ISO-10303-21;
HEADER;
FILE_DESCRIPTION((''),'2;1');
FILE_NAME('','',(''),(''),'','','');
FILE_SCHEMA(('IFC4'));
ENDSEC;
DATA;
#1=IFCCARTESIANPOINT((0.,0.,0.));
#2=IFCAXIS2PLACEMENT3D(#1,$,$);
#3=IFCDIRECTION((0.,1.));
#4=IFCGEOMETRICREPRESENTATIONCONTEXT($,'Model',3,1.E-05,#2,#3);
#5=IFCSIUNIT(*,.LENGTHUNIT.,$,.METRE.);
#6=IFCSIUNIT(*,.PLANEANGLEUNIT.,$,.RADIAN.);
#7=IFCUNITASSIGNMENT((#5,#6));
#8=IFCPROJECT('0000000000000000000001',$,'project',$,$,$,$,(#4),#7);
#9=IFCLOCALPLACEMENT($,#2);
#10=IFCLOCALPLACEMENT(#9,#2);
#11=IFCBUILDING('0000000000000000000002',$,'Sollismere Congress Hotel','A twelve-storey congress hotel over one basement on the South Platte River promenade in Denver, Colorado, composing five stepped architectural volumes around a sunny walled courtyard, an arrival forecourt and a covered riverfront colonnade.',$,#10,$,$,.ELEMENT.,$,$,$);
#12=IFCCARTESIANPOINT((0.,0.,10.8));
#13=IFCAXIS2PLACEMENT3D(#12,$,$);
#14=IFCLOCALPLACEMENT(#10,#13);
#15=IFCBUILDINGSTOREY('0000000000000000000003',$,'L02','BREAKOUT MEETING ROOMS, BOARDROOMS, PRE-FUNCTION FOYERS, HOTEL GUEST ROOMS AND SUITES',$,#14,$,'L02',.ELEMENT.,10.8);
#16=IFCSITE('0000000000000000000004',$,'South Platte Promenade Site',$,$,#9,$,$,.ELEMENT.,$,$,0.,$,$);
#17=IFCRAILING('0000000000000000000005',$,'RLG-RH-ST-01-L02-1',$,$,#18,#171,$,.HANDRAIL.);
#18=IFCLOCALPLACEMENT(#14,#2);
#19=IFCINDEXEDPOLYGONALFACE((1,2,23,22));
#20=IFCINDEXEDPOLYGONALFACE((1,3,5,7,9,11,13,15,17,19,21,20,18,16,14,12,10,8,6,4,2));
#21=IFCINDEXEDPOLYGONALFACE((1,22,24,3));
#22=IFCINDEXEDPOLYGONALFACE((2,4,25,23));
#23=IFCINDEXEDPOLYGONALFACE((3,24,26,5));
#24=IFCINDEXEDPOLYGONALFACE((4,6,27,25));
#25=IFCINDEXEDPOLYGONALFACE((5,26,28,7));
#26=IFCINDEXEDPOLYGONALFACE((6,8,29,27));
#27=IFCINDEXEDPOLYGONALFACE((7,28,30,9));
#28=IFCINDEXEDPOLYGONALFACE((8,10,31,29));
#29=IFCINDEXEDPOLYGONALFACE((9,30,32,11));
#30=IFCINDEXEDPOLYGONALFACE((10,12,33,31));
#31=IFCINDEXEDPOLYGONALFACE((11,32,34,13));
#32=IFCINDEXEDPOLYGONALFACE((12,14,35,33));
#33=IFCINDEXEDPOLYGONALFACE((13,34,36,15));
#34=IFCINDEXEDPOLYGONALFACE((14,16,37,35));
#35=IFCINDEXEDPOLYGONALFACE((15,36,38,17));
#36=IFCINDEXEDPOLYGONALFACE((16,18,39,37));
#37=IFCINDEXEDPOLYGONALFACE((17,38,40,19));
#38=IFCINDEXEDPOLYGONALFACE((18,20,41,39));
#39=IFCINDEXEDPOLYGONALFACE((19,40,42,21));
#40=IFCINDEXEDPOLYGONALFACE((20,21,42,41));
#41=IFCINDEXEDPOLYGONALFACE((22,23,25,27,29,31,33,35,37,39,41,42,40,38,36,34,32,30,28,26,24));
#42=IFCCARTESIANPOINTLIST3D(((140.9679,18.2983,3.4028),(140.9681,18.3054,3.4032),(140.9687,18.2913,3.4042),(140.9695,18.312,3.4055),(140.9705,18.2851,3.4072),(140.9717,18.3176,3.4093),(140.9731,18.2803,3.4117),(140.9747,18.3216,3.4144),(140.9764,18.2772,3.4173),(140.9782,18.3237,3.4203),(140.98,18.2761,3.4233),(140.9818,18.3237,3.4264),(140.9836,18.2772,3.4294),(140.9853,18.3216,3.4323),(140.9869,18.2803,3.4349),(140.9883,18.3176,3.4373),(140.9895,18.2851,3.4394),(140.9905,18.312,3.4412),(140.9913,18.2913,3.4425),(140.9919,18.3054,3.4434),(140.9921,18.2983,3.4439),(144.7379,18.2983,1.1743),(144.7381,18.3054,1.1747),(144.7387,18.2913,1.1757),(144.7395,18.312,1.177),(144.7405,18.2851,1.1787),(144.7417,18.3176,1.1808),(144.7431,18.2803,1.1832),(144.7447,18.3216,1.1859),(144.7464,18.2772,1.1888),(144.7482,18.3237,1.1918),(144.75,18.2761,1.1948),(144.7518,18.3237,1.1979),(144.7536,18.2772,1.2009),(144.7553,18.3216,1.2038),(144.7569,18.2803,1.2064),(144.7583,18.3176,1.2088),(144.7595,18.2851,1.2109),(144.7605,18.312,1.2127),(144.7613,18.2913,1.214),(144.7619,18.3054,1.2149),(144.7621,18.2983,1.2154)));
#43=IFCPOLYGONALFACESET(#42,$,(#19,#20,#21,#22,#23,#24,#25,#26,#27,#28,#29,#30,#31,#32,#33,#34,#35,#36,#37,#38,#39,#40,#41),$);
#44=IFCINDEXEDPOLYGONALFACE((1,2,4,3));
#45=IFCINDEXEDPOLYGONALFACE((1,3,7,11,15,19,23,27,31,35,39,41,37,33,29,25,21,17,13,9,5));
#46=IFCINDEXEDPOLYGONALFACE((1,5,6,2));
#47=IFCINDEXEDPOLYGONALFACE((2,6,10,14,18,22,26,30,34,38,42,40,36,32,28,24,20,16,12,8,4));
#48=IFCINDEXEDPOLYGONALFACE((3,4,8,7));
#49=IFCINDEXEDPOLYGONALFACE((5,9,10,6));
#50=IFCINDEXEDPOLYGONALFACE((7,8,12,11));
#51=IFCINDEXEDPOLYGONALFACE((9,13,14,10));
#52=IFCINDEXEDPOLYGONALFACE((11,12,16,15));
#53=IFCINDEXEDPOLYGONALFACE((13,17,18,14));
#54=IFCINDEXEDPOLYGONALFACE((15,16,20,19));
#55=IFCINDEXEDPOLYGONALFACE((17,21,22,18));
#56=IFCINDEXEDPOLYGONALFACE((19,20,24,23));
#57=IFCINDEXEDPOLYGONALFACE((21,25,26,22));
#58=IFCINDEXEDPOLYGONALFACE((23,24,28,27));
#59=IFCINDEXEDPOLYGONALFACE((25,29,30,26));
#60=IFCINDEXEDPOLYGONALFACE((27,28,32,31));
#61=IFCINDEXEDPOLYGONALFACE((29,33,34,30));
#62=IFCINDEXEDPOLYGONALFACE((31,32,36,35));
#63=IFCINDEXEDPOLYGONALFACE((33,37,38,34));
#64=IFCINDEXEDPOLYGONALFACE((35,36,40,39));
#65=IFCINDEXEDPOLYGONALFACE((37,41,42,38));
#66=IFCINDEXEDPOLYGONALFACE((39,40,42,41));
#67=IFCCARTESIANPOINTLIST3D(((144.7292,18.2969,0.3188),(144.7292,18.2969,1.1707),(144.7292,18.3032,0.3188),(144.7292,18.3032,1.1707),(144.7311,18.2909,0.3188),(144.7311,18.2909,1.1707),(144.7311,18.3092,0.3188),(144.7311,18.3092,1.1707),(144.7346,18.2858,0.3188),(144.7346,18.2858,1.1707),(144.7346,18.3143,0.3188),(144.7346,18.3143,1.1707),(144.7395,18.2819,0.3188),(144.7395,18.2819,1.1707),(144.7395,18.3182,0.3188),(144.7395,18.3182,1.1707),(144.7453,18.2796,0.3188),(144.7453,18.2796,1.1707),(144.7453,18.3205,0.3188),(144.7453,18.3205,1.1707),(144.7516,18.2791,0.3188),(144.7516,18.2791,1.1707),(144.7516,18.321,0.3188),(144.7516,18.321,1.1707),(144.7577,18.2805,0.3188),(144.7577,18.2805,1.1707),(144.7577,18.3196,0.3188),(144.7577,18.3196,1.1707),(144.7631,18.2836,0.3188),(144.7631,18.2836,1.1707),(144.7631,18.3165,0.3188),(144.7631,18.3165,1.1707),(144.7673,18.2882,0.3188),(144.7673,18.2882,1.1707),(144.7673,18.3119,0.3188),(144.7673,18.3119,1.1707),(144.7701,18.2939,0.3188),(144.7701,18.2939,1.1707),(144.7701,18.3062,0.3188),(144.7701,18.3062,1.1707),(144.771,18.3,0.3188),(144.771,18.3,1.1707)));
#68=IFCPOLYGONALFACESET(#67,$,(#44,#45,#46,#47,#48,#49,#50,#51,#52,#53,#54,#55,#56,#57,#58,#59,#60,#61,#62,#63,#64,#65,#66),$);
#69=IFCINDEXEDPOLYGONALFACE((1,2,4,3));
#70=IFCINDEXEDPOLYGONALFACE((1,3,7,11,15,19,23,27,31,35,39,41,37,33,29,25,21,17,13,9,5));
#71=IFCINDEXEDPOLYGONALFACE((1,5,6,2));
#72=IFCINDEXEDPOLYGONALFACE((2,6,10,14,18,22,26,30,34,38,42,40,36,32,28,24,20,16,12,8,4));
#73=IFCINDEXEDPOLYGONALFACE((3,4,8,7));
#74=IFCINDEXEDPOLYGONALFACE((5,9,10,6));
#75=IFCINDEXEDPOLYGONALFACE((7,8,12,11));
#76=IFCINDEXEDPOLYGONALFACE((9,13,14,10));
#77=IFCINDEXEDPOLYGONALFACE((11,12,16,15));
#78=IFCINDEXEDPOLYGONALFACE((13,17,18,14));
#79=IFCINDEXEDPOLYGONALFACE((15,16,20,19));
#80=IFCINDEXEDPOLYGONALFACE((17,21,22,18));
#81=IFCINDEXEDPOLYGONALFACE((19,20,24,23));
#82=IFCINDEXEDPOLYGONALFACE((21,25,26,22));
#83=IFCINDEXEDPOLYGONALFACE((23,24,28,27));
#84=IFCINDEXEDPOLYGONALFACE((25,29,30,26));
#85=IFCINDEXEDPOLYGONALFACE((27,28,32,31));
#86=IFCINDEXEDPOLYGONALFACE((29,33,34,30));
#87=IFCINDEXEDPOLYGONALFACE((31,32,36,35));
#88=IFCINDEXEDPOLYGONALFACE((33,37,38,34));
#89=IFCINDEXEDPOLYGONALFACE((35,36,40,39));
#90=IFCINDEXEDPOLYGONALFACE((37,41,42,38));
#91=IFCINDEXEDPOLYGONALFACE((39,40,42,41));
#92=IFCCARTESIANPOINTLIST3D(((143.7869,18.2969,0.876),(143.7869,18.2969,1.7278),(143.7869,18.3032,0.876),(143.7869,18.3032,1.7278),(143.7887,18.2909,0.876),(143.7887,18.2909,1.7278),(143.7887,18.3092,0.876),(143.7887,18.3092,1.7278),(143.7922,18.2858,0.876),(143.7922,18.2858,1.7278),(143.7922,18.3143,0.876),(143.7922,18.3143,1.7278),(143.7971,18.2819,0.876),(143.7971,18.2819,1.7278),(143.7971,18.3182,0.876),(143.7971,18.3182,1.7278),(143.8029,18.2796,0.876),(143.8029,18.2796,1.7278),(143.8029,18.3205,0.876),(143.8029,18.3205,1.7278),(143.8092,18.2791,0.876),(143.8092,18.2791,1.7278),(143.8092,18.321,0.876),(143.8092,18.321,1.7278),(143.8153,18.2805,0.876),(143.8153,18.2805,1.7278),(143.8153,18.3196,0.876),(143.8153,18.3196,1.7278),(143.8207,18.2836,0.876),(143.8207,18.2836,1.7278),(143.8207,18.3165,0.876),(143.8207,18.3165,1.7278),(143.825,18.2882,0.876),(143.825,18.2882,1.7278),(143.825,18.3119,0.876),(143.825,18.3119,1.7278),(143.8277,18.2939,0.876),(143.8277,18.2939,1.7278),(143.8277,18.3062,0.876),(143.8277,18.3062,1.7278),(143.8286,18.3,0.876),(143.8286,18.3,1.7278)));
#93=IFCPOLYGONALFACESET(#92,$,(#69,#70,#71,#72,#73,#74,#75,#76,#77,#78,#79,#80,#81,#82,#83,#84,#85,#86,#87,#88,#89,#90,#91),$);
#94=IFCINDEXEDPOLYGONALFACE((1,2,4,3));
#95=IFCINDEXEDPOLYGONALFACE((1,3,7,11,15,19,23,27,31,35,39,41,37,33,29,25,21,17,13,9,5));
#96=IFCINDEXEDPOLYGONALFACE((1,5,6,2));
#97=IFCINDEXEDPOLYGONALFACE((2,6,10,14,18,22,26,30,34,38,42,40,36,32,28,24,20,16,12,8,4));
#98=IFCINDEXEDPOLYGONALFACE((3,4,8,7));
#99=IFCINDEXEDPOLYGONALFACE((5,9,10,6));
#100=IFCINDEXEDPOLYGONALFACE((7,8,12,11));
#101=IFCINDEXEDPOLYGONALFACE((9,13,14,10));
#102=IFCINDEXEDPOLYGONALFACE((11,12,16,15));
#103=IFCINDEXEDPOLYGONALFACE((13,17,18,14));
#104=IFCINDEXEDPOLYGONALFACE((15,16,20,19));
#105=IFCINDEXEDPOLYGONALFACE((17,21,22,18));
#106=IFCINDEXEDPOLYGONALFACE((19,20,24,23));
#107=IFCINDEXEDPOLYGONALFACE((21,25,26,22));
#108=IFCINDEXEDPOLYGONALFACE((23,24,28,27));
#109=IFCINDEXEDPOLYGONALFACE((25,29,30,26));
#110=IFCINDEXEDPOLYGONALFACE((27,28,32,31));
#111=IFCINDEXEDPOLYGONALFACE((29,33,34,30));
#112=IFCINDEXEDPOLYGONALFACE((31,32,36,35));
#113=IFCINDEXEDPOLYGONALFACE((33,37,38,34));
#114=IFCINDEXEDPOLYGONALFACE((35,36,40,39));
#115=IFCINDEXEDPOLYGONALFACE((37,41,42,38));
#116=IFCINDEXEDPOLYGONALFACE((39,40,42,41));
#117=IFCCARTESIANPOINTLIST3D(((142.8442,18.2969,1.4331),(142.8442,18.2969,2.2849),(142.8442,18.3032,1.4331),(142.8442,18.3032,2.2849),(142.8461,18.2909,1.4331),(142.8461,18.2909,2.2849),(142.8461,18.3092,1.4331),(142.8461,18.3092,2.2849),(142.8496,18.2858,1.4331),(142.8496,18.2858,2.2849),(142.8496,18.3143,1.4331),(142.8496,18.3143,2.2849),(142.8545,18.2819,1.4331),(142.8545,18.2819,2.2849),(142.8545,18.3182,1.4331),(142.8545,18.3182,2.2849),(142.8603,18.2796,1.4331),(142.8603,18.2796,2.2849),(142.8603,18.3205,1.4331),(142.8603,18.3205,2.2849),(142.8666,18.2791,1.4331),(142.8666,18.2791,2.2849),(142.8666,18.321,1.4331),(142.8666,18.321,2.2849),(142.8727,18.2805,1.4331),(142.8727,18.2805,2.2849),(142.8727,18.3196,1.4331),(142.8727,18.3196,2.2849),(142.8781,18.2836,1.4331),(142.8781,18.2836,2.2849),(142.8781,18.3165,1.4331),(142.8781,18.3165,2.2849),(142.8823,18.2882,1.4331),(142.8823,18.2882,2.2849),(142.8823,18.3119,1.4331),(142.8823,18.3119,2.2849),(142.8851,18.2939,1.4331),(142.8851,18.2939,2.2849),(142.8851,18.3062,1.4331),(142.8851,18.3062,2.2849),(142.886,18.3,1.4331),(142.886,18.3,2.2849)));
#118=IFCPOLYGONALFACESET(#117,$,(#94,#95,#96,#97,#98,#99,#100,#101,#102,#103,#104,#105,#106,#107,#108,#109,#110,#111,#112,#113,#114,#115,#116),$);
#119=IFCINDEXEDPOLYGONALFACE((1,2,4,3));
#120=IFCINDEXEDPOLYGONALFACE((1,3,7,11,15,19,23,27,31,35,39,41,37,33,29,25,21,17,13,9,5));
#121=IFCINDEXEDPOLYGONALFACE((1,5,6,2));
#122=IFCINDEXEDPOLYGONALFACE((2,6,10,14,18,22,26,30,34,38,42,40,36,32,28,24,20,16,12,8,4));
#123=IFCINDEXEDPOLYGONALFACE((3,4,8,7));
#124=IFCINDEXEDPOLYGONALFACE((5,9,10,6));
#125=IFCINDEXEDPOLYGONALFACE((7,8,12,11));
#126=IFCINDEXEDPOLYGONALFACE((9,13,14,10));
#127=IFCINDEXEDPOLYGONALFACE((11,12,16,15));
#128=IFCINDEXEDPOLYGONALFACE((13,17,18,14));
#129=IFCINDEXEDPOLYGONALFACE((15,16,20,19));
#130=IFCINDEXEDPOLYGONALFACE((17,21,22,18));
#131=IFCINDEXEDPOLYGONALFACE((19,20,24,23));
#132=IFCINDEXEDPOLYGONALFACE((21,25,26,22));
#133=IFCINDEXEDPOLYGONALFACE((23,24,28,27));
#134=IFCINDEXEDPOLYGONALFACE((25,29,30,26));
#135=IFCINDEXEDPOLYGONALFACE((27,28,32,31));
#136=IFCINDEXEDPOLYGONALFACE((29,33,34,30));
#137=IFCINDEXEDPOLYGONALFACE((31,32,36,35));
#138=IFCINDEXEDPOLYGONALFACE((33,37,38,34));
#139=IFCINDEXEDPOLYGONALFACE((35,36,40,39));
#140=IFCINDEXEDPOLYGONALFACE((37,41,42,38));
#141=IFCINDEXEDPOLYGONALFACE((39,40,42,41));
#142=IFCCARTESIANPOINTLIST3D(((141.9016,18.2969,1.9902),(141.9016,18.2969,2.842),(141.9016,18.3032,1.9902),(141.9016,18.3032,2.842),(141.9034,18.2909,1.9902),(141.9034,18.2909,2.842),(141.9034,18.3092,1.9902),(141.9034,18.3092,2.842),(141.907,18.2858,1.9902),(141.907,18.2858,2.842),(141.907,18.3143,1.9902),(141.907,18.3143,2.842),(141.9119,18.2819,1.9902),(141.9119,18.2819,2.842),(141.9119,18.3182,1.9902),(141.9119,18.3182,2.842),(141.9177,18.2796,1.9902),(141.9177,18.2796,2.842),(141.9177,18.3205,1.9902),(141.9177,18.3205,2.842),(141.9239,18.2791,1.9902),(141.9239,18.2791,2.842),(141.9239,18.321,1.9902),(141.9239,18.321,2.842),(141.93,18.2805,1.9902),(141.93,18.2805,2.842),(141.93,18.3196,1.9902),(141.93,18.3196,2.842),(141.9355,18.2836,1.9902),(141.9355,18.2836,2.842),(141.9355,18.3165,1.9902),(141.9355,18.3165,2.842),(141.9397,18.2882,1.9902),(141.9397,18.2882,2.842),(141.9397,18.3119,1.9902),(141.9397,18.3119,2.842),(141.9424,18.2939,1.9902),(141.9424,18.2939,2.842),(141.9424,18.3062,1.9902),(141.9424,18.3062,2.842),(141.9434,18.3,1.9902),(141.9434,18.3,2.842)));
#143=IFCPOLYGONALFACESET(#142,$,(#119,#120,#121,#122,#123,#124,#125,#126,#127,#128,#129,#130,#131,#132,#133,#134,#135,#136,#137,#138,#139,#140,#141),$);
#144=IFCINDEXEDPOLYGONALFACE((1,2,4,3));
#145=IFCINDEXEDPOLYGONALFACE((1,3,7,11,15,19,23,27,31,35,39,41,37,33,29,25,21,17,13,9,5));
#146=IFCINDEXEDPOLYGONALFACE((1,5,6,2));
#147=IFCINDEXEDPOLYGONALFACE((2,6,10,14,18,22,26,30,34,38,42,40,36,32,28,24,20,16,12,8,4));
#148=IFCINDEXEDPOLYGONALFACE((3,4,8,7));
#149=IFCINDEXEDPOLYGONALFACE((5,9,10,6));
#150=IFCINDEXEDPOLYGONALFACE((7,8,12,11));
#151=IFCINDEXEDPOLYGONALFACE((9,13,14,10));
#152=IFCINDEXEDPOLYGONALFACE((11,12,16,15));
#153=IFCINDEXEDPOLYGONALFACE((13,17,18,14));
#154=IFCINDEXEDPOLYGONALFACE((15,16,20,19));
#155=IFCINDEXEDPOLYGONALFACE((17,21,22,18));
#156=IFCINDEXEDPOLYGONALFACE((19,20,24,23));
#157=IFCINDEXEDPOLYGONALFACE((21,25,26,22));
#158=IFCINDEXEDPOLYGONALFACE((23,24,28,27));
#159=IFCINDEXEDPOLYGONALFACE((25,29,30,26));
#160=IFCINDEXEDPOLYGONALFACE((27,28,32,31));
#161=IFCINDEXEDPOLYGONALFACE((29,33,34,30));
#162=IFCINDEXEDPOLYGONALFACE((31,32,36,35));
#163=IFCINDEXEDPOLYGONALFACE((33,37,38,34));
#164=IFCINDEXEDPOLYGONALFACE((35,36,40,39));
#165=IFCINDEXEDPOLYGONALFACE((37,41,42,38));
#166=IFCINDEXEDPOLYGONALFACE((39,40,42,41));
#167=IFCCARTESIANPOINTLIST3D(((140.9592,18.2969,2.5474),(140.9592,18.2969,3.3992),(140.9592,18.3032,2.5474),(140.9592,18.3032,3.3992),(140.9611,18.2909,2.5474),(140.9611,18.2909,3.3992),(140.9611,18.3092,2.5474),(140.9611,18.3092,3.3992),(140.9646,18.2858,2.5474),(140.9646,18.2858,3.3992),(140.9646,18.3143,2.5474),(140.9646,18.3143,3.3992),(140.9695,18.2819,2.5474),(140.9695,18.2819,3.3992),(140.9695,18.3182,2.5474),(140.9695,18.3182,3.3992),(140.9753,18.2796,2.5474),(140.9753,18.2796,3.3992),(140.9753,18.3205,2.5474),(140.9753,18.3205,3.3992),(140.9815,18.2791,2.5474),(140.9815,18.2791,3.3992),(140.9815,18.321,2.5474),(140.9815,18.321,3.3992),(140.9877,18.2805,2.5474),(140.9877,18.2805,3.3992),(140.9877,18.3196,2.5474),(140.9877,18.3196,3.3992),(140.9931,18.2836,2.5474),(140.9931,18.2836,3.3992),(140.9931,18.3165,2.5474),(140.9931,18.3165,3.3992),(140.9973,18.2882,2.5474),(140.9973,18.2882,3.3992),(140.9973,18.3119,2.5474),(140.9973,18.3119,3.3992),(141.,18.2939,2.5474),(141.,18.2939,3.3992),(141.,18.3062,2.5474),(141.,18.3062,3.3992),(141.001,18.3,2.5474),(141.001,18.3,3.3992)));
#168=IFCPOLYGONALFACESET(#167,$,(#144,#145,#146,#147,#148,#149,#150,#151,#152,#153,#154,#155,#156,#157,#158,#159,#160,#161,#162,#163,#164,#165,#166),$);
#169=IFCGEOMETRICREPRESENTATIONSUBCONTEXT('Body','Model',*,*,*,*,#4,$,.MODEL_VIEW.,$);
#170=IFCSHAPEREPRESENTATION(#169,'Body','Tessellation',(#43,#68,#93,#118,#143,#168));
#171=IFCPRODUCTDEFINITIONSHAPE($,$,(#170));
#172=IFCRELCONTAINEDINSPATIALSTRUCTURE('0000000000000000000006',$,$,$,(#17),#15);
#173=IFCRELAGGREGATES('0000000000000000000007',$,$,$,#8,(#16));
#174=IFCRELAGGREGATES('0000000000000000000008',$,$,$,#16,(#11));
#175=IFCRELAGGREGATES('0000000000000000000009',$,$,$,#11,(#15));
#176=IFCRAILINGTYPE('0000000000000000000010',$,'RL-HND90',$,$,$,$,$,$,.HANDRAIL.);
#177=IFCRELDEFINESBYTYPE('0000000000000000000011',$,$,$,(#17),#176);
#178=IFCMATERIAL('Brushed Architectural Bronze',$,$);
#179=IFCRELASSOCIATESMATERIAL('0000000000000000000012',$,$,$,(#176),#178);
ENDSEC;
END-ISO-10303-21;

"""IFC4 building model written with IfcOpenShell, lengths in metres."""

from ifc_helpers import new_model, si_unit, direction, frame, origin, origin_2d, place, context, subcontext, project, spatial, circle, extrude, material, type_object, element, save


model = new_model("IFC4")

# Units and contexts
model_context = context("Model", 3, precision=1e-05, world=origin(), true_north=direction((0.0, 1.0)))
body_context = subcontext(model_context, "Body", "Model", "MODEL_VIEW")
ifc_project = project(units=[si_unit("LENGTHUNIT", "METRE"), si_unit("PLANEANGLEUNIT", "RADIAN")], contexts=[model_context])

# Site, building, storey
site_placement = place(None, origin())
site = spatial("IfcSite", under=ifc_project, at=site_placement, Name="South Platte Promenade Site", CompositionType="ELEMENT", RefElevation=0.0)
building_placement = place(site_placement, origin())
building = spatial("IfcBuilding", under=site, at=building_placement, Name="Sollismere Congress Hotel", Description="A twelve-storey congress hotel over one basement on the South Platte River promenade in Denver, Colorado, composing five stepped architectural volumes around a sunny walled courtyard, an arrival forecourt and a covered riverfront colonnade.", CompositionType="ELEMENT")
storey_placement = place(building_placement, frame((0.0, 0.0, 10.8)))
storey = spatial("IfcBuildingStorey", under=building, at=storey_placement, Name="L02", Description="BREAKOUT MEETING ROOMS, BOARDROOMS, PRE-FUNCTION FOYERS, HOTEL GUEST ROOMS AND SUITES", LongName="L02", CompositionType="ELEMENT", Elevation=10.8)

# Railing
ifc_material_1 = material(Name="Brushed Architectural Bronze")
railing_type_1 = type_object("IfcRailingType", Name="RL-HND90", PredefinedType="HANDRAIL", material=ifc_material_1)
railing_1_placement = place(storey_placement, frame((144.75, 18.3, 0.3188)))
element("IfcRailing", 1, at=railing_1_placement, inside=storey, type_object=railing_type_1, Name="RLG-RH-ST-01-L02-1", PredefinedType="HANDRAIL", context=body_context, shape_type="SweptSolid", body=[
    extrude(circle(Radius=0.0239, at=origin_2d()), frame((0.0, 0.0, 0.876), z_axis=(-0.860849, 0.0, 0.508861), x_axis=(0.0, -1.0, 0.0)), (0.0, 0.0, 1.0), 4.3794),
    extrude(circle(Radius=0.021, at=origin_2d()), origin(), (0.0, 0.0, 1.0), 0.8518),
    extrude(circle(Radius=0.021, at=origin_2d()), frame((-0.9424, 0.0, 0.5571)), (0.0, 0.0, 1.0), 0.8518),
    extrude(circle(Radius=0.021, at=origin_2d()), frame((-1.885, 0.0, 1.1143)), (0.0, 0.0, 1.0), 0.8518),
    extrude(circle(Radius=0.021, at=origin_2d()), frame((-2.8276, 0.0, 1.6714)), (0.0, 0.0, 1.0), 0.8518),
    extrude(circle(Radius=0.021, at=origin_2d()), frame((-3.77, 0.0, 2.2285)), (0.0, 0.0, 1.0), 0.8518),
])

save(model, "model.ifc")
